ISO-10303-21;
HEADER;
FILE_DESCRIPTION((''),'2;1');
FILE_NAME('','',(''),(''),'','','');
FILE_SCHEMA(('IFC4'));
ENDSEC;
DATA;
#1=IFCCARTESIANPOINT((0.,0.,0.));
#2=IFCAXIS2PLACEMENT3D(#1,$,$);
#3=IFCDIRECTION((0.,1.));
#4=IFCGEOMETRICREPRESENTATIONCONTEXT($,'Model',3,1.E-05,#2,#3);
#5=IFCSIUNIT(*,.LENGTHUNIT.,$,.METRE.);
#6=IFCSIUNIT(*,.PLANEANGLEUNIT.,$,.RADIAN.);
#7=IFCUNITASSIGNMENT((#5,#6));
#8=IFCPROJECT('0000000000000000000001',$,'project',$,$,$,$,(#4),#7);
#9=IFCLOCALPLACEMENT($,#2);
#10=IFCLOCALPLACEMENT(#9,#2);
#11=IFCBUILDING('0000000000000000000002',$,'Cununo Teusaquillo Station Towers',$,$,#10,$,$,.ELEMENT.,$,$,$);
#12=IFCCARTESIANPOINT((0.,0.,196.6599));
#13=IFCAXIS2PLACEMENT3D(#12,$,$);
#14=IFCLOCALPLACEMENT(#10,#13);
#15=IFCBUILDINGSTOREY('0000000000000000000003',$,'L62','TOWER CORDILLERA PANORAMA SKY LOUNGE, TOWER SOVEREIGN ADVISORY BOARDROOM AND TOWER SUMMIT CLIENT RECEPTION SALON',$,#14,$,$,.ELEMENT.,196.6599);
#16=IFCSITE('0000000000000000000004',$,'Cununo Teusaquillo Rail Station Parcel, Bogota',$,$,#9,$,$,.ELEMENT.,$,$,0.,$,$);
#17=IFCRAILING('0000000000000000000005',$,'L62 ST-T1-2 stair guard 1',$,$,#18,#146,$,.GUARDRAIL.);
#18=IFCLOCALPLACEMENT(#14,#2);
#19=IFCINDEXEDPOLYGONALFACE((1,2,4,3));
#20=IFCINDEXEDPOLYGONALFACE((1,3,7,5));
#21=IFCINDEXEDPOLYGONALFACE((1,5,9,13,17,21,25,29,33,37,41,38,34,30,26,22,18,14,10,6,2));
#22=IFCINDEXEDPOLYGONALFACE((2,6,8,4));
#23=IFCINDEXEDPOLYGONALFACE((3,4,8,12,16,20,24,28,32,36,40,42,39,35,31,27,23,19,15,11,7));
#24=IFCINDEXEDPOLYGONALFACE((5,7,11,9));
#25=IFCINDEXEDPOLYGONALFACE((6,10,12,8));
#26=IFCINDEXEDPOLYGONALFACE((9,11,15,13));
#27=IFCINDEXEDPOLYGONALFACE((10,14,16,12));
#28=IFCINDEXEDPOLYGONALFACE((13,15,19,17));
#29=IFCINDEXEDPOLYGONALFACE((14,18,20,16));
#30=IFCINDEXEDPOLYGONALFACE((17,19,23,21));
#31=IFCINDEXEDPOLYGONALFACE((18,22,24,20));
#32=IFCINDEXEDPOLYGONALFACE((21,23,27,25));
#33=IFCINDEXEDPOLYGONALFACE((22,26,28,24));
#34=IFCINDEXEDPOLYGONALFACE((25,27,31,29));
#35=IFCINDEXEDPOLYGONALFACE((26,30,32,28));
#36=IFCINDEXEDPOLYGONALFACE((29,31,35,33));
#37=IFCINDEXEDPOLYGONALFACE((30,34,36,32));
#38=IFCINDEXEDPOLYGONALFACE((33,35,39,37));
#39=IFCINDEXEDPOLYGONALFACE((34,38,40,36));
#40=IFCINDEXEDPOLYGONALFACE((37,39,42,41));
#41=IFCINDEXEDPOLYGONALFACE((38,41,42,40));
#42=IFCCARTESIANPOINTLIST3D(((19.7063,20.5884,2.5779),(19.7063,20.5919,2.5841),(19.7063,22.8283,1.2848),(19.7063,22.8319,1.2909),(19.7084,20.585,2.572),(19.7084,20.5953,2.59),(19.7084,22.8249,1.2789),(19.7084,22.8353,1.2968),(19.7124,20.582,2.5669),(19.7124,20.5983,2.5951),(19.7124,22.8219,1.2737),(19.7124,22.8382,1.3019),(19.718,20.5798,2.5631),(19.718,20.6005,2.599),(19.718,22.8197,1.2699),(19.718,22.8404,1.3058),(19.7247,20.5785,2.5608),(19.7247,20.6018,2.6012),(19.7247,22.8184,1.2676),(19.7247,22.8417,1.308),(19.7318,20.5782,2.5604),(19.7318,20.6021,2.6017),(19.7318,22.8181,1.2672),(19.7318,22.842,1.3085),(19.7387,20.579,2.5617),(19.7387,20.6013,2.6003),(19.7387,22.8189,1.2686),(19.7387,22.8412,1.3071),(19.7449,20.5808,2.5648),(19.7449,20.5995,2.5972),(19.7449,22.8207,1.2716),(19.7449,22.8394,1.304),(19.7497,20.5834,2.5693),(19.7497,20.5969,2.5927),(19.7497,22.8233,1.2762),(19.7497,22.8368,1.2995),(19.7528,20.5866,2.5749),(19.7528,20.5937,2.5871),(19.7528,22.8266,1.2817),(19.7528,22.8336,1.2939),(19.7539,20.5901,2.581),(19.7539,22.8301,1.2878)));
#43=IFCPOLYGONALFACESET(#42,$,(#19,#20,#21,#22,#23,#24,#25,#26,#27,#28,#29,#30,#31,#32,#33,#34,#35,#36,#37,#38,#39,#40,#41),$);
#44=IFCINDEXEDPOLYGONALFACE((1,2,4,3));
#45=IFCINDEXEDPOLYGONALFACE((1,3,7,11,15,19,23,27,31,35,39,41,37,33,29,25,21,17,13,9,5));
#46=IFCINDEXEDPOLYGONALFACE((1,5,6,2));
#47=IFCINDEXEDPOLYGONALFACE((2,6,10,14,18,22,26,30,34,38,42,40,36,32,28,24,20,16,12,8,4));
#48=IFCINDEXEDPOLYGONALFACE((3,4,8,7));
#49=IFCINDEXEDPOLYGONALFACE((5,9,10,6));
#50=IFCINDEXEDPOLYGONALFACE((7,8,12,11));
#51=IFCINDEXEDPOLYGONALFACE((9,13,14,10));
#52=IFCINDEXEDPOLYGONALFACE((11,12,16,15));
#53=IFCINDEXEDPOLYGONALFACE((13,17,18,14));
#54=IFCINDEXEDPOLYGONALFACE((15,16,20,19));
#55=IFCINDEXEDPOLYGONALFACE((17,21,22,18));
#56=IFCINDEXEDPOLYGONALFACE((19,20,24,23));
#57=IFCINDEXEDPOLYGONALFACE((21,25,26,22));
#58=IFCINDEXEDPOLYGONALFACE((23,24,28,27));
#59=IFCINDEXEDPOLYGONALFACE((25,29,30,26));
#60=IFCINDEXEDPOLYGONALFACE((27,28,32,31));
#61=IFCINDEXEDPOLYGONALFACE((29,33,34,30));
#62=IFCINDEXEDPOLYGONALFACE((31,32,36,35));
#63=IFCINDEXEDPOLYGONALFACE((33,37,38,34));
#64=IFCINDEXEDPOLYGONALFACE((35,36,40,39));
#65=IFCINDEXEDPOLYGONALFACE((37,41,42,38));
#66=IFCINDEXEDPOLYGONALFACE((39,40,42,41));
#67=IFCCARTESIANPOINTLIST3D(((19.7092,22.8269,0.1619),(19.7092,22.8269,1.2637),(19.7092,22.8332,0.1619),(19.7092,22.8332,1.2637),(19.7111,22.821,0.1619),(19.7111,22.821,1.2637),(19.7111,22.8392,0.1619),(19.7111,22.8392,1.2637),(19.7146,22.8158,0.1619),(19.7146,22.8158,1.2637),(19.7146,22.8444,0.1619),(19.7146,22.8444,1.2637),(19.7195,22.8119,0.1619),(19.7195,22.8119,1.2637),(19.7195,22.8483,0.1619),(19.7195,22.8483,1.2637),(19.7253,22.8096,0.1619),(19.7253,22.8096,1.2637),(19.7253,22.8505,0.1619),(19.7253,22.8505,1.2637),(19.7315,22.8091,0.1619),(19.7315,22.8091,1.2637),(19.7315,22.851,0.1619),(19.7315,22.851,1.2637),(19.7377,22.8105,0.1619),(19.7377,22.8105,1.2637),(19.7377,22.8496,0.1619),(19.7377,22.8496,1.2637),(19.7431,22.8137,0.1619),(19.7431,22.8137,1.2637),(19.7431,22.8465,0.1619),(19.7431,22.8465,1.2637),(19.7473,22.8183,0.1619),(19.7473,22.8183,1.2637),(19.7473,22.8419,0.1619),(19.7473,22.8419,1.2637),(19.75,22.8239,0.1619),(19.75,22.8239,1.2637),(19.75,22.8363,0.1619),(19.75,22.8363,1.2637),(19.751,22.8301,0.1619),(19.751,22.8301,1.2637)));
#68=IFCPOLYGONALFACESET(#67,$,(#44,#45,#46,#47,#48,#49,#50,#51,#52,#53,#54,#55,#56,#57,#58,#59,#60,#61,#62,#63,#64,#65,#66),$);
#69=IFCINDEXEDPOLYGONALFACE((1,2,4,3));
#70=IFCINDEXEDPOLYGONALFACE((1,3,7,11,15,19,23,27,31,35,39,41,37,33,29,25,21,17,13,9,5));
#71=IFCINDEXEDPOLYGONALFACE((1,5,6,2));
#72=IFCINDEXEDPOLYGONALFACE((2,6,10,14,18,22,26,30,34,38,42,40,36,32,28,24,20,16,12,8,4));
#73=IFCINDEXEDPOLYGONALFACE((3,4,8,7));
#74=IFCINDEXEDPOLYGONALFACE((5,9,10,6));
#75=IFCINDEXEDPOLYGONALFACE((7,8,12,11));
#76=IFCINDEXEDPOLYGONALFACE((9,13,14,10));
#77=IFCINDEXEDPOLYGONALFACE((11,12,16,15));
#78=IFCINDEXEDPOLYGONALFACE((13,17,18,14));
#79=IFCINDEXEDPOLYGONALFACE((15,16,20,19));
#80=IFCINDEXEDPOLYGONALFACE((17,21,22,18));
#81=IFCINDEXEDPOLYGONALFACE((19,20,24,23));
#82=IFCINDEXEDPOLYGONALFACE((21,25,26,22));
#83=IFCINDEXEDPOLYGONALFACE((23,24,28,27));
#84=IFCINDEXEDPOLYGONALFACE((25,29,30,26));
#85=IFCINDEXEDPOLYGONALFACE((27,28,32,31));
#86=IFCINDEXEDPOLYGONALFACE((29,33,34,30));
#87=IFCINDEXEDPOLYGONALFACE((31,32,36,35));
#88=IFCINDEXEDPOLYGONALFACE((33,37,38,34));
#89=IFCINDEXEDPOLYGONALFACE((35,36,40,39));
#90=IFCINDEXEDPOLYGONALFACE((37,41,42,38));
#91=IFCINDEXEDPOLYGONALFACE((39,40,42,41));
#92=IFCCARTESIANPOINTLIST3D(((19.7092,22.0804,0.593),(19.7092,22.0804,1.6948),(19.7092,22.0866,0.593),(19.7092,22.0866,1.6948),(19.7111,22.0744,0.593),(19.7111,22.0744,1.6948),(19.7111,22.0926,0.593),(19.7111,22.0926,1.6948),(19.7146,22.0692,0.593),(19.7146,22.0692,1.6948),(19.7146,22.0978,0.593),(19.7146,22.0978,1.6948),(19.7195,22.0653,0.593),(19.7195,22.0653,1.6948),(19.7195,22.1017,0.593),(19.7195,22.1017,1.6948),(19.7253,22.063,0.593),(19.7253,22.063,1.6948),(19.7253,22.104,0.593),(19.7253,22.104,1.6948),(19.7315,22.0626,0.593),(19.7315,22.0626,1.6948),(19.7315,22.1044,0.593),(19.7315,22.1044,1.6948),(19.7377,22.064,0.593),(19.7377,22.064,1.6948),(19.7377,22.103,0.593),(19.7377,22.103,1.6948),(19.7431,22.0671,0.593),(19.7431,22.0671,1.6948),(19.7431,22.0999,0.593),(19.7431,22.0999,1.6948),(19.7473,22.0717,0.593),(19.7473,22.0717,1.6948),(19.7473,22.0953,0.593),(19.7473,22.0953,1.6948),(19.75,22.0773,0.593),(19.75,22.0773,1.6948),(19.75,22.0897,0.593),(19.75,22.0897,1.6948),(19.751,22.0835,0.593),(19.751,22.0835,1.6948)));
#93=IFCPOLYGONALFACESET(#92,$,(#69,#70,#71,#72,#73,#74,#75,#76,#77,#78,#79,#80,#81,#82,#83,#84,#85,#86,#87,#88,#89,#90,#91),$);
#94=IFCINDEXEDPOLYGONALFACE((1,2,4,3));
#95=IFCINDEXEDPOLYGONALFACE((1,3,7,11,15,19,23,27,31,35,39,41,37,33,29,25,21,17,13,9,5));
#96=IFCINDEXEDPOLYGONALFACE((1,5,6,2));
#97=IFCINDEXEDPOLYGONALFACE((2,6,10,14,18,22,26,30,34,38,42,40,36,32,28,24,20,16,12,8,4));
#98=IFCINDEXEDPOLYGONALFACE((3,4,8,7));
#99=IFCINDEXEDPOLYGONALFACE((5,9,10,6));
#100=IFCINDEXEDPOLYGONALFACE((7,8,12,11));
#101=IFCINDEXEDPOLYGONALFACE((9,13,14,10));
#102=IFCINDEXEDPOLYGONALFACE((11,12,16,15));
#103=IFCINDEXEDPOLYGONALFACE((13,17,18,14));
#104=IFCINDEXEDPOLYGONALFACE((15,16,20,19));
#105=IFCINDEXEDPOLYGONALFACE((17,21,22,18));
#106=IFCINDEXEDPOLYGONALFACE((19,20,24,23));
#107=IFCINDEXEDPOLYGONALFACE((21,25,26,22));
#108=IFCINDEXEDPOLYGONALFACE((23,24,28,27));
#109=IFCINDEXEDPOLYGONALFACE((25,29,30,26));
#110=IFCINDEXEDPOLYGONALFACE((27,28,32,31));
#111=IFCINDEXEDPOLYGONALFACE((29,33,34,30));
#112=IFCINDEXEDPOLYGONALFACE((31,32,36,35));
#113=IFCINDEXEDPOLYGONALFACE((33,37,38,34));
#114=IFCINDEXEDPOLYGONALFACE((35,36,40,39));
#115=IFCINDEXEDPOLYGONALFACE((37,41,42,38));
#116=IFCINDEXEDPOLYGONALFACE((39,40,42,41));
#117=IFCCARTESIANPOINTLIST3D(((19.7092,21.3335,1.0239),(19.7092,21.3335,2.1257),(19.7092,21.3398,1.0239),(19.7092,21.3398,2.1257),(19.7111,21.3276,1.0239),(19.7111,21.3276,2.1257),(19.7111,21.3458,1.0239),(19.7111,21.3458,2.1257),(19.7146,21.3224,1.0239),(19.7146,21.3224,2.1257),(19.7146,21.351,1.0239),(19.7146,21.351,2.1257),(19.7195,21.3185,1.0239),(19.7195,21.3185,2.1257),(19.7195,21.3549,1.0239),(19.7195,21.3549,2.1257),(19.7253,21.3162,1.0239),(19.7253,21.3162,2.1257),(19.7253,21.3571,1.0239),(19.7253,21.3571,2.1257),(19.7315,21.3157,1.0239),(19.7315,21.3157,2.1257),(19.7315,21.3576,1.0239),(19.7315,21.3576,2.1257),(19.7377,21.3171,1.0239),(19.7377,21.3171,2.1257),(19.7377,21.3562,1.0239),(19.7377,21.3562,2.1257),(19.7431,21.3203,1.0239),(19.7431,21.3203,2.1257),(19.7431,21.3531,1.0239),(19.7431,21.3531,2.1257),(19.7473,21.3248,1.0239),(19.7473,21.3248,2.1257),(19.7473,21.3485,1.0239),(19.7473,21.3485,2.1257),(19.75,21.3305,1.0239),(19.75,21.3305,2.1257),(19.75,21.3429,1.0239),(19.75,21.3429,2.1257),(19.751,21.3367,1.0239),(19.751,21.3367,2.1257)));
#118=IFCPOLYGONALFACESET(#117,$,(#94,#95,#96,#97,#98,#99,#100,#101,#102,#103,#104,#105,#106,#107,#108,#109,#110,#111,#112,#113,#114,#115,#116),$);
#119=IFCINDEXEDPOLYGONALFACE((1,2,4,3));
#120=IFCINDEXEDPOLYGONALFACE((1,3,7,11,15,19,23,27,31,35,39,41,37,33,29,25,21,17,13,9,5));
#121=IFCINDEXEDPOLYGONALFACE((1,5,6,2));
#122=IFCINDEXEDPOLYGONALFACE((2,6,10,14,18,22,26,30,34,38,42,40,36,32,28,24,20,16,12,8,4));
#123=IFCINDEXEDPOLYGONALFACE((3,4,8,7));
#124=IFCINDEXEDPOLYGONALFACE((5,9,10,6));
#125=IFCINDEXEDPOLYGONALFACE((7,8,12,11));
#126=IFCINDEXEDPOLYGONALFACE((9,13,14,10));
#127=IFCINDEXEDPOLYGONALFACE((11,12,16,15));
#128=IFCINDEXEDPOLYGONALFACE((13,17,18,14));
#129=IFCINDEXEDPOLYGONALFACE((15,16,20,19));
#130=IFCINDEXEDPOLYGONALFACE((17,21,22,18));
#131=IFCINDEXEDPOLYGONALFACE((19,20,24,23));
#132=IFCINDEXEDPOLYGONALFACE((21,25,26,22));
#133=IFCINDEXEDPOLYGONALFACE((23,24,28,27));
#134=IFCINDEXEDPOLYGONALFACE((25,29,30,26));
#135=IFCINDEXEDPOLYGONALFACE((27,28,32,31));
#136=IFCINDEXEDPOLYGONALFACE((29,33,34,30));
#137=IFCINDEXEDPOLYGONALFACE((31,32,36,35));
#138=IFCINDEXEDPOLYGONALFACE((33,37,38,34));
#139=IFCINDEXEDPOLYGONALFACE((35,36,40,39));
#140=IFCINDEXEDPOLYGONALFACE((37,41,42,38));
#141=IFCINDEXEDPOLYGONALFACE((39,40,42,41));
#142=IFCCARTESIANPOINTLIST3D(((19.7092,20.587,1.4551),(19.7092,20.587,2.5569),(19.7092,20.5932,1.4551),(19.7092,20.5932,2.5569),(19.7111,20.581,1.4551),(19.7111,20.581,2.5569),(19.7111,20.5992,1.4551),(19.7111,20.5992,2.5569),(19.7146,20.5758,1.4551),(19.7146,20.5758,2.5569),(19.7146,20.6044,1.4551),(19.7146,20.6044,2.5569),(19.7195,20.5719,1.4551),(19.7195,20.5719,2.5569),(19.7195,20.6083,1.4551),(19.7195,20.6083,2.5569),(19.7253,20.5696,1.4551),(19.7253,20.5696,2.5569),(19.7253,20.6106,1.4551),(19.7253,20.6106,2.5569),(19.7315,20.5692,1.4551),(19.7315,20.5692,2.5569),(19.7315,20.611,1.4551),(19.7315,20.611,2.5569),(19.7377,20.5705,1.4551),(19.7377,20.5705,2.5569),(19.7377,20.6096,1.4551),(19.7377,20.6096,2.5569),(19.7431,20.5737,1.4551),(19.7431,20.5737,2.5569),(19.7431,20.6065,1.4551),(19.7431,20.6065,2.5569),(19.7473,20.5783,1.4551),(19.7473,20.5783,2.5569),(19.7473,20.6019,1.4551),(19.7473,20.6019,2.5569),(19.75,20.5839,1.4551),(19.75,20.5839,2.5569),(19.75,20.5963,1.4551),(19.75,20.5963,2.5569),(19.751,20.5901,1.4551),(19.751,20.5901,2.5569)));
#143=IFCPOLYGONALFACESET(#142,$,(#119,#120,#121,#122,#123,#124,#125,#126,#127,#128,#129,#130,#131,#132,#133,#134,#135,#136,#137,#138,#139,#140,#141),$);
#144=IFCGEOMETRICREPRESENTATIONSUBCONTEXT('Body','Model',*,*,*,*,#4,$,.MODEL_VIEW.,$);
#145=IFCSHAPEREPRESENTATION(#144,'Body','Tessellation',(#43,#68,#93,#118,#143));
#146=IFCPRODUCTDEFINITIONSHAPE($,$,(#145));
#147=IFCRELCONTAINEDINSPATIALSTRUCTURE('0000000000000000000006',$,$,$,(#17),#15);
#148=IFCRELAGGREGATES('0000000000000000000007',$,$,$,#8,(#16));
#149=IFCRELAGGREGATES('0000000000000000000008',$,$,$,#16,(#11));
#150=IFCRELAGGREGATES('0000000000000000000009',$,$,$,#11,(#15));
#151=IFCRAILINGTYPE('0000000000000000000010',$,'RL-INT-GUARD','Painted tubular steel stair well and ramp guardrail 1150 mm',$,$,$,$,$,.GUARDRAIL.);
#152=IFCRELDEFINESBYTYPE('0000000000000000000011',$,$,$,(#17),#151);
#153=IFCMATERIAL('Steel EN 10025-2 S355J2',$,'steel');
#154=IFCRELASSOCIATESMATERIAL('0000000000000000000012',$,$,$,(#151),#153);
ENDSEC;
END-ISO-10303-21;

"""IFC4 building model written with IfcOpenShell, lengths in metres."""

from ifc_helpers import new_model, si_unit, direction, frame, origin, origin_2d, place, context, subcontext, project, spatial, circle, extrude, material, type_object, element, save


model = new_model("IFC4")

# Units and contexts
model_context = context("Model", 3, precision=1e-05, world=origin(), true_north=direction((0.0, 1.0)))
body_context = subcontext(model_context, "Body", "Model", "MODEL_VIEW")
ifc_project = project(units=[si_unit("LENGTHUNIT", "METRE"), si_unit("PLANEANGLEUNIT", "RADIAN")], contexts=[model_context])

# Site, building, storey
site_placement = place(None, origin())
site = spatial("IfcSite", under=ifc_project, at=site_placement, Name="Cununo Teusaquillo Rail Station Parcel, Bogota", CompositionType="ELEMENT", RefElevation=0.0)
building_placement = place(site_placement, origin())
building = spatial("IfcBuilding", under=site, at=building_placement, Name="Cununo Teusaquillo Station Towers", CompositionType="ELEMENT")
storey_placement = place(building_placement, frame((0.0, 0.0, 196.6599)))
storey = spatial("IfcBuildingStorey", under=building, at=storey_placement, Name="L62", Description="TOWER CORDILLERA PANORAMA SKY LOUNGE, TOWER SOVEREIGN ADVISORY BOARDROOM AND TOWER SUMMIT CLIENT RECEPTION SALON", CompositionType="ELEMENT", Elevation=196.6599)

# Railing
ifc_material_1 = material(Name="Steel EN 10025-2 S355J2", Category="steel")
railing_type_1 = type_object("IfcRailingType", Name="RL-INT-GUARD", Description="Painted tubular steel stair well and ramp guardrail 1150 mm", PredefinedType="GUARDRAIL", material=ifc_material_1)
railing_1_placement = place(storey_placement, frame((19.73, 22.8301, 0.1619)))
element("IfcRailing", 1, at=railing_1_placement, inside=storey, type_object=railing_type_1, Name="L62 ST-T1-2 stair guard 1", PredefinedType="GUARDRAIL", context=body_context, shape_type="SweptSolid", body=[
    extrude(circle(Radius=0.0239, at=origin_2d()), frame((0.0, 0.0, 1.126), z_axis=(0.0, -0.866033, 0.499987), x_axis=(1.0, 0.0, 0.0)), (0.0, 0.0, 1.0), 2.5864),
    extrude(circle(Radius=0.021, at=origin_2d()), origin(), (0.0, 0.0, 1.0), 1.1018),
    extrude(circle(Radius=0.021, at=origin_2d()), frame((0.0, -0.7466, 0.4312)), (0.0, 0.0, 1.0), 1.1018),
    extrude(circle(Radius=0.021, at=origin_2d()), frame((0.0, -1.4934, 0.8621)), (0.0, 0.0, 1.0), 1.1018),
    extrude(circle(Radius=0.021, at=origin_2d()), frame((0.0, -2.24, 1.2932)), (0.0, 0.0, 1.0), 1.1018),
])

save(model, "model.ifc")
